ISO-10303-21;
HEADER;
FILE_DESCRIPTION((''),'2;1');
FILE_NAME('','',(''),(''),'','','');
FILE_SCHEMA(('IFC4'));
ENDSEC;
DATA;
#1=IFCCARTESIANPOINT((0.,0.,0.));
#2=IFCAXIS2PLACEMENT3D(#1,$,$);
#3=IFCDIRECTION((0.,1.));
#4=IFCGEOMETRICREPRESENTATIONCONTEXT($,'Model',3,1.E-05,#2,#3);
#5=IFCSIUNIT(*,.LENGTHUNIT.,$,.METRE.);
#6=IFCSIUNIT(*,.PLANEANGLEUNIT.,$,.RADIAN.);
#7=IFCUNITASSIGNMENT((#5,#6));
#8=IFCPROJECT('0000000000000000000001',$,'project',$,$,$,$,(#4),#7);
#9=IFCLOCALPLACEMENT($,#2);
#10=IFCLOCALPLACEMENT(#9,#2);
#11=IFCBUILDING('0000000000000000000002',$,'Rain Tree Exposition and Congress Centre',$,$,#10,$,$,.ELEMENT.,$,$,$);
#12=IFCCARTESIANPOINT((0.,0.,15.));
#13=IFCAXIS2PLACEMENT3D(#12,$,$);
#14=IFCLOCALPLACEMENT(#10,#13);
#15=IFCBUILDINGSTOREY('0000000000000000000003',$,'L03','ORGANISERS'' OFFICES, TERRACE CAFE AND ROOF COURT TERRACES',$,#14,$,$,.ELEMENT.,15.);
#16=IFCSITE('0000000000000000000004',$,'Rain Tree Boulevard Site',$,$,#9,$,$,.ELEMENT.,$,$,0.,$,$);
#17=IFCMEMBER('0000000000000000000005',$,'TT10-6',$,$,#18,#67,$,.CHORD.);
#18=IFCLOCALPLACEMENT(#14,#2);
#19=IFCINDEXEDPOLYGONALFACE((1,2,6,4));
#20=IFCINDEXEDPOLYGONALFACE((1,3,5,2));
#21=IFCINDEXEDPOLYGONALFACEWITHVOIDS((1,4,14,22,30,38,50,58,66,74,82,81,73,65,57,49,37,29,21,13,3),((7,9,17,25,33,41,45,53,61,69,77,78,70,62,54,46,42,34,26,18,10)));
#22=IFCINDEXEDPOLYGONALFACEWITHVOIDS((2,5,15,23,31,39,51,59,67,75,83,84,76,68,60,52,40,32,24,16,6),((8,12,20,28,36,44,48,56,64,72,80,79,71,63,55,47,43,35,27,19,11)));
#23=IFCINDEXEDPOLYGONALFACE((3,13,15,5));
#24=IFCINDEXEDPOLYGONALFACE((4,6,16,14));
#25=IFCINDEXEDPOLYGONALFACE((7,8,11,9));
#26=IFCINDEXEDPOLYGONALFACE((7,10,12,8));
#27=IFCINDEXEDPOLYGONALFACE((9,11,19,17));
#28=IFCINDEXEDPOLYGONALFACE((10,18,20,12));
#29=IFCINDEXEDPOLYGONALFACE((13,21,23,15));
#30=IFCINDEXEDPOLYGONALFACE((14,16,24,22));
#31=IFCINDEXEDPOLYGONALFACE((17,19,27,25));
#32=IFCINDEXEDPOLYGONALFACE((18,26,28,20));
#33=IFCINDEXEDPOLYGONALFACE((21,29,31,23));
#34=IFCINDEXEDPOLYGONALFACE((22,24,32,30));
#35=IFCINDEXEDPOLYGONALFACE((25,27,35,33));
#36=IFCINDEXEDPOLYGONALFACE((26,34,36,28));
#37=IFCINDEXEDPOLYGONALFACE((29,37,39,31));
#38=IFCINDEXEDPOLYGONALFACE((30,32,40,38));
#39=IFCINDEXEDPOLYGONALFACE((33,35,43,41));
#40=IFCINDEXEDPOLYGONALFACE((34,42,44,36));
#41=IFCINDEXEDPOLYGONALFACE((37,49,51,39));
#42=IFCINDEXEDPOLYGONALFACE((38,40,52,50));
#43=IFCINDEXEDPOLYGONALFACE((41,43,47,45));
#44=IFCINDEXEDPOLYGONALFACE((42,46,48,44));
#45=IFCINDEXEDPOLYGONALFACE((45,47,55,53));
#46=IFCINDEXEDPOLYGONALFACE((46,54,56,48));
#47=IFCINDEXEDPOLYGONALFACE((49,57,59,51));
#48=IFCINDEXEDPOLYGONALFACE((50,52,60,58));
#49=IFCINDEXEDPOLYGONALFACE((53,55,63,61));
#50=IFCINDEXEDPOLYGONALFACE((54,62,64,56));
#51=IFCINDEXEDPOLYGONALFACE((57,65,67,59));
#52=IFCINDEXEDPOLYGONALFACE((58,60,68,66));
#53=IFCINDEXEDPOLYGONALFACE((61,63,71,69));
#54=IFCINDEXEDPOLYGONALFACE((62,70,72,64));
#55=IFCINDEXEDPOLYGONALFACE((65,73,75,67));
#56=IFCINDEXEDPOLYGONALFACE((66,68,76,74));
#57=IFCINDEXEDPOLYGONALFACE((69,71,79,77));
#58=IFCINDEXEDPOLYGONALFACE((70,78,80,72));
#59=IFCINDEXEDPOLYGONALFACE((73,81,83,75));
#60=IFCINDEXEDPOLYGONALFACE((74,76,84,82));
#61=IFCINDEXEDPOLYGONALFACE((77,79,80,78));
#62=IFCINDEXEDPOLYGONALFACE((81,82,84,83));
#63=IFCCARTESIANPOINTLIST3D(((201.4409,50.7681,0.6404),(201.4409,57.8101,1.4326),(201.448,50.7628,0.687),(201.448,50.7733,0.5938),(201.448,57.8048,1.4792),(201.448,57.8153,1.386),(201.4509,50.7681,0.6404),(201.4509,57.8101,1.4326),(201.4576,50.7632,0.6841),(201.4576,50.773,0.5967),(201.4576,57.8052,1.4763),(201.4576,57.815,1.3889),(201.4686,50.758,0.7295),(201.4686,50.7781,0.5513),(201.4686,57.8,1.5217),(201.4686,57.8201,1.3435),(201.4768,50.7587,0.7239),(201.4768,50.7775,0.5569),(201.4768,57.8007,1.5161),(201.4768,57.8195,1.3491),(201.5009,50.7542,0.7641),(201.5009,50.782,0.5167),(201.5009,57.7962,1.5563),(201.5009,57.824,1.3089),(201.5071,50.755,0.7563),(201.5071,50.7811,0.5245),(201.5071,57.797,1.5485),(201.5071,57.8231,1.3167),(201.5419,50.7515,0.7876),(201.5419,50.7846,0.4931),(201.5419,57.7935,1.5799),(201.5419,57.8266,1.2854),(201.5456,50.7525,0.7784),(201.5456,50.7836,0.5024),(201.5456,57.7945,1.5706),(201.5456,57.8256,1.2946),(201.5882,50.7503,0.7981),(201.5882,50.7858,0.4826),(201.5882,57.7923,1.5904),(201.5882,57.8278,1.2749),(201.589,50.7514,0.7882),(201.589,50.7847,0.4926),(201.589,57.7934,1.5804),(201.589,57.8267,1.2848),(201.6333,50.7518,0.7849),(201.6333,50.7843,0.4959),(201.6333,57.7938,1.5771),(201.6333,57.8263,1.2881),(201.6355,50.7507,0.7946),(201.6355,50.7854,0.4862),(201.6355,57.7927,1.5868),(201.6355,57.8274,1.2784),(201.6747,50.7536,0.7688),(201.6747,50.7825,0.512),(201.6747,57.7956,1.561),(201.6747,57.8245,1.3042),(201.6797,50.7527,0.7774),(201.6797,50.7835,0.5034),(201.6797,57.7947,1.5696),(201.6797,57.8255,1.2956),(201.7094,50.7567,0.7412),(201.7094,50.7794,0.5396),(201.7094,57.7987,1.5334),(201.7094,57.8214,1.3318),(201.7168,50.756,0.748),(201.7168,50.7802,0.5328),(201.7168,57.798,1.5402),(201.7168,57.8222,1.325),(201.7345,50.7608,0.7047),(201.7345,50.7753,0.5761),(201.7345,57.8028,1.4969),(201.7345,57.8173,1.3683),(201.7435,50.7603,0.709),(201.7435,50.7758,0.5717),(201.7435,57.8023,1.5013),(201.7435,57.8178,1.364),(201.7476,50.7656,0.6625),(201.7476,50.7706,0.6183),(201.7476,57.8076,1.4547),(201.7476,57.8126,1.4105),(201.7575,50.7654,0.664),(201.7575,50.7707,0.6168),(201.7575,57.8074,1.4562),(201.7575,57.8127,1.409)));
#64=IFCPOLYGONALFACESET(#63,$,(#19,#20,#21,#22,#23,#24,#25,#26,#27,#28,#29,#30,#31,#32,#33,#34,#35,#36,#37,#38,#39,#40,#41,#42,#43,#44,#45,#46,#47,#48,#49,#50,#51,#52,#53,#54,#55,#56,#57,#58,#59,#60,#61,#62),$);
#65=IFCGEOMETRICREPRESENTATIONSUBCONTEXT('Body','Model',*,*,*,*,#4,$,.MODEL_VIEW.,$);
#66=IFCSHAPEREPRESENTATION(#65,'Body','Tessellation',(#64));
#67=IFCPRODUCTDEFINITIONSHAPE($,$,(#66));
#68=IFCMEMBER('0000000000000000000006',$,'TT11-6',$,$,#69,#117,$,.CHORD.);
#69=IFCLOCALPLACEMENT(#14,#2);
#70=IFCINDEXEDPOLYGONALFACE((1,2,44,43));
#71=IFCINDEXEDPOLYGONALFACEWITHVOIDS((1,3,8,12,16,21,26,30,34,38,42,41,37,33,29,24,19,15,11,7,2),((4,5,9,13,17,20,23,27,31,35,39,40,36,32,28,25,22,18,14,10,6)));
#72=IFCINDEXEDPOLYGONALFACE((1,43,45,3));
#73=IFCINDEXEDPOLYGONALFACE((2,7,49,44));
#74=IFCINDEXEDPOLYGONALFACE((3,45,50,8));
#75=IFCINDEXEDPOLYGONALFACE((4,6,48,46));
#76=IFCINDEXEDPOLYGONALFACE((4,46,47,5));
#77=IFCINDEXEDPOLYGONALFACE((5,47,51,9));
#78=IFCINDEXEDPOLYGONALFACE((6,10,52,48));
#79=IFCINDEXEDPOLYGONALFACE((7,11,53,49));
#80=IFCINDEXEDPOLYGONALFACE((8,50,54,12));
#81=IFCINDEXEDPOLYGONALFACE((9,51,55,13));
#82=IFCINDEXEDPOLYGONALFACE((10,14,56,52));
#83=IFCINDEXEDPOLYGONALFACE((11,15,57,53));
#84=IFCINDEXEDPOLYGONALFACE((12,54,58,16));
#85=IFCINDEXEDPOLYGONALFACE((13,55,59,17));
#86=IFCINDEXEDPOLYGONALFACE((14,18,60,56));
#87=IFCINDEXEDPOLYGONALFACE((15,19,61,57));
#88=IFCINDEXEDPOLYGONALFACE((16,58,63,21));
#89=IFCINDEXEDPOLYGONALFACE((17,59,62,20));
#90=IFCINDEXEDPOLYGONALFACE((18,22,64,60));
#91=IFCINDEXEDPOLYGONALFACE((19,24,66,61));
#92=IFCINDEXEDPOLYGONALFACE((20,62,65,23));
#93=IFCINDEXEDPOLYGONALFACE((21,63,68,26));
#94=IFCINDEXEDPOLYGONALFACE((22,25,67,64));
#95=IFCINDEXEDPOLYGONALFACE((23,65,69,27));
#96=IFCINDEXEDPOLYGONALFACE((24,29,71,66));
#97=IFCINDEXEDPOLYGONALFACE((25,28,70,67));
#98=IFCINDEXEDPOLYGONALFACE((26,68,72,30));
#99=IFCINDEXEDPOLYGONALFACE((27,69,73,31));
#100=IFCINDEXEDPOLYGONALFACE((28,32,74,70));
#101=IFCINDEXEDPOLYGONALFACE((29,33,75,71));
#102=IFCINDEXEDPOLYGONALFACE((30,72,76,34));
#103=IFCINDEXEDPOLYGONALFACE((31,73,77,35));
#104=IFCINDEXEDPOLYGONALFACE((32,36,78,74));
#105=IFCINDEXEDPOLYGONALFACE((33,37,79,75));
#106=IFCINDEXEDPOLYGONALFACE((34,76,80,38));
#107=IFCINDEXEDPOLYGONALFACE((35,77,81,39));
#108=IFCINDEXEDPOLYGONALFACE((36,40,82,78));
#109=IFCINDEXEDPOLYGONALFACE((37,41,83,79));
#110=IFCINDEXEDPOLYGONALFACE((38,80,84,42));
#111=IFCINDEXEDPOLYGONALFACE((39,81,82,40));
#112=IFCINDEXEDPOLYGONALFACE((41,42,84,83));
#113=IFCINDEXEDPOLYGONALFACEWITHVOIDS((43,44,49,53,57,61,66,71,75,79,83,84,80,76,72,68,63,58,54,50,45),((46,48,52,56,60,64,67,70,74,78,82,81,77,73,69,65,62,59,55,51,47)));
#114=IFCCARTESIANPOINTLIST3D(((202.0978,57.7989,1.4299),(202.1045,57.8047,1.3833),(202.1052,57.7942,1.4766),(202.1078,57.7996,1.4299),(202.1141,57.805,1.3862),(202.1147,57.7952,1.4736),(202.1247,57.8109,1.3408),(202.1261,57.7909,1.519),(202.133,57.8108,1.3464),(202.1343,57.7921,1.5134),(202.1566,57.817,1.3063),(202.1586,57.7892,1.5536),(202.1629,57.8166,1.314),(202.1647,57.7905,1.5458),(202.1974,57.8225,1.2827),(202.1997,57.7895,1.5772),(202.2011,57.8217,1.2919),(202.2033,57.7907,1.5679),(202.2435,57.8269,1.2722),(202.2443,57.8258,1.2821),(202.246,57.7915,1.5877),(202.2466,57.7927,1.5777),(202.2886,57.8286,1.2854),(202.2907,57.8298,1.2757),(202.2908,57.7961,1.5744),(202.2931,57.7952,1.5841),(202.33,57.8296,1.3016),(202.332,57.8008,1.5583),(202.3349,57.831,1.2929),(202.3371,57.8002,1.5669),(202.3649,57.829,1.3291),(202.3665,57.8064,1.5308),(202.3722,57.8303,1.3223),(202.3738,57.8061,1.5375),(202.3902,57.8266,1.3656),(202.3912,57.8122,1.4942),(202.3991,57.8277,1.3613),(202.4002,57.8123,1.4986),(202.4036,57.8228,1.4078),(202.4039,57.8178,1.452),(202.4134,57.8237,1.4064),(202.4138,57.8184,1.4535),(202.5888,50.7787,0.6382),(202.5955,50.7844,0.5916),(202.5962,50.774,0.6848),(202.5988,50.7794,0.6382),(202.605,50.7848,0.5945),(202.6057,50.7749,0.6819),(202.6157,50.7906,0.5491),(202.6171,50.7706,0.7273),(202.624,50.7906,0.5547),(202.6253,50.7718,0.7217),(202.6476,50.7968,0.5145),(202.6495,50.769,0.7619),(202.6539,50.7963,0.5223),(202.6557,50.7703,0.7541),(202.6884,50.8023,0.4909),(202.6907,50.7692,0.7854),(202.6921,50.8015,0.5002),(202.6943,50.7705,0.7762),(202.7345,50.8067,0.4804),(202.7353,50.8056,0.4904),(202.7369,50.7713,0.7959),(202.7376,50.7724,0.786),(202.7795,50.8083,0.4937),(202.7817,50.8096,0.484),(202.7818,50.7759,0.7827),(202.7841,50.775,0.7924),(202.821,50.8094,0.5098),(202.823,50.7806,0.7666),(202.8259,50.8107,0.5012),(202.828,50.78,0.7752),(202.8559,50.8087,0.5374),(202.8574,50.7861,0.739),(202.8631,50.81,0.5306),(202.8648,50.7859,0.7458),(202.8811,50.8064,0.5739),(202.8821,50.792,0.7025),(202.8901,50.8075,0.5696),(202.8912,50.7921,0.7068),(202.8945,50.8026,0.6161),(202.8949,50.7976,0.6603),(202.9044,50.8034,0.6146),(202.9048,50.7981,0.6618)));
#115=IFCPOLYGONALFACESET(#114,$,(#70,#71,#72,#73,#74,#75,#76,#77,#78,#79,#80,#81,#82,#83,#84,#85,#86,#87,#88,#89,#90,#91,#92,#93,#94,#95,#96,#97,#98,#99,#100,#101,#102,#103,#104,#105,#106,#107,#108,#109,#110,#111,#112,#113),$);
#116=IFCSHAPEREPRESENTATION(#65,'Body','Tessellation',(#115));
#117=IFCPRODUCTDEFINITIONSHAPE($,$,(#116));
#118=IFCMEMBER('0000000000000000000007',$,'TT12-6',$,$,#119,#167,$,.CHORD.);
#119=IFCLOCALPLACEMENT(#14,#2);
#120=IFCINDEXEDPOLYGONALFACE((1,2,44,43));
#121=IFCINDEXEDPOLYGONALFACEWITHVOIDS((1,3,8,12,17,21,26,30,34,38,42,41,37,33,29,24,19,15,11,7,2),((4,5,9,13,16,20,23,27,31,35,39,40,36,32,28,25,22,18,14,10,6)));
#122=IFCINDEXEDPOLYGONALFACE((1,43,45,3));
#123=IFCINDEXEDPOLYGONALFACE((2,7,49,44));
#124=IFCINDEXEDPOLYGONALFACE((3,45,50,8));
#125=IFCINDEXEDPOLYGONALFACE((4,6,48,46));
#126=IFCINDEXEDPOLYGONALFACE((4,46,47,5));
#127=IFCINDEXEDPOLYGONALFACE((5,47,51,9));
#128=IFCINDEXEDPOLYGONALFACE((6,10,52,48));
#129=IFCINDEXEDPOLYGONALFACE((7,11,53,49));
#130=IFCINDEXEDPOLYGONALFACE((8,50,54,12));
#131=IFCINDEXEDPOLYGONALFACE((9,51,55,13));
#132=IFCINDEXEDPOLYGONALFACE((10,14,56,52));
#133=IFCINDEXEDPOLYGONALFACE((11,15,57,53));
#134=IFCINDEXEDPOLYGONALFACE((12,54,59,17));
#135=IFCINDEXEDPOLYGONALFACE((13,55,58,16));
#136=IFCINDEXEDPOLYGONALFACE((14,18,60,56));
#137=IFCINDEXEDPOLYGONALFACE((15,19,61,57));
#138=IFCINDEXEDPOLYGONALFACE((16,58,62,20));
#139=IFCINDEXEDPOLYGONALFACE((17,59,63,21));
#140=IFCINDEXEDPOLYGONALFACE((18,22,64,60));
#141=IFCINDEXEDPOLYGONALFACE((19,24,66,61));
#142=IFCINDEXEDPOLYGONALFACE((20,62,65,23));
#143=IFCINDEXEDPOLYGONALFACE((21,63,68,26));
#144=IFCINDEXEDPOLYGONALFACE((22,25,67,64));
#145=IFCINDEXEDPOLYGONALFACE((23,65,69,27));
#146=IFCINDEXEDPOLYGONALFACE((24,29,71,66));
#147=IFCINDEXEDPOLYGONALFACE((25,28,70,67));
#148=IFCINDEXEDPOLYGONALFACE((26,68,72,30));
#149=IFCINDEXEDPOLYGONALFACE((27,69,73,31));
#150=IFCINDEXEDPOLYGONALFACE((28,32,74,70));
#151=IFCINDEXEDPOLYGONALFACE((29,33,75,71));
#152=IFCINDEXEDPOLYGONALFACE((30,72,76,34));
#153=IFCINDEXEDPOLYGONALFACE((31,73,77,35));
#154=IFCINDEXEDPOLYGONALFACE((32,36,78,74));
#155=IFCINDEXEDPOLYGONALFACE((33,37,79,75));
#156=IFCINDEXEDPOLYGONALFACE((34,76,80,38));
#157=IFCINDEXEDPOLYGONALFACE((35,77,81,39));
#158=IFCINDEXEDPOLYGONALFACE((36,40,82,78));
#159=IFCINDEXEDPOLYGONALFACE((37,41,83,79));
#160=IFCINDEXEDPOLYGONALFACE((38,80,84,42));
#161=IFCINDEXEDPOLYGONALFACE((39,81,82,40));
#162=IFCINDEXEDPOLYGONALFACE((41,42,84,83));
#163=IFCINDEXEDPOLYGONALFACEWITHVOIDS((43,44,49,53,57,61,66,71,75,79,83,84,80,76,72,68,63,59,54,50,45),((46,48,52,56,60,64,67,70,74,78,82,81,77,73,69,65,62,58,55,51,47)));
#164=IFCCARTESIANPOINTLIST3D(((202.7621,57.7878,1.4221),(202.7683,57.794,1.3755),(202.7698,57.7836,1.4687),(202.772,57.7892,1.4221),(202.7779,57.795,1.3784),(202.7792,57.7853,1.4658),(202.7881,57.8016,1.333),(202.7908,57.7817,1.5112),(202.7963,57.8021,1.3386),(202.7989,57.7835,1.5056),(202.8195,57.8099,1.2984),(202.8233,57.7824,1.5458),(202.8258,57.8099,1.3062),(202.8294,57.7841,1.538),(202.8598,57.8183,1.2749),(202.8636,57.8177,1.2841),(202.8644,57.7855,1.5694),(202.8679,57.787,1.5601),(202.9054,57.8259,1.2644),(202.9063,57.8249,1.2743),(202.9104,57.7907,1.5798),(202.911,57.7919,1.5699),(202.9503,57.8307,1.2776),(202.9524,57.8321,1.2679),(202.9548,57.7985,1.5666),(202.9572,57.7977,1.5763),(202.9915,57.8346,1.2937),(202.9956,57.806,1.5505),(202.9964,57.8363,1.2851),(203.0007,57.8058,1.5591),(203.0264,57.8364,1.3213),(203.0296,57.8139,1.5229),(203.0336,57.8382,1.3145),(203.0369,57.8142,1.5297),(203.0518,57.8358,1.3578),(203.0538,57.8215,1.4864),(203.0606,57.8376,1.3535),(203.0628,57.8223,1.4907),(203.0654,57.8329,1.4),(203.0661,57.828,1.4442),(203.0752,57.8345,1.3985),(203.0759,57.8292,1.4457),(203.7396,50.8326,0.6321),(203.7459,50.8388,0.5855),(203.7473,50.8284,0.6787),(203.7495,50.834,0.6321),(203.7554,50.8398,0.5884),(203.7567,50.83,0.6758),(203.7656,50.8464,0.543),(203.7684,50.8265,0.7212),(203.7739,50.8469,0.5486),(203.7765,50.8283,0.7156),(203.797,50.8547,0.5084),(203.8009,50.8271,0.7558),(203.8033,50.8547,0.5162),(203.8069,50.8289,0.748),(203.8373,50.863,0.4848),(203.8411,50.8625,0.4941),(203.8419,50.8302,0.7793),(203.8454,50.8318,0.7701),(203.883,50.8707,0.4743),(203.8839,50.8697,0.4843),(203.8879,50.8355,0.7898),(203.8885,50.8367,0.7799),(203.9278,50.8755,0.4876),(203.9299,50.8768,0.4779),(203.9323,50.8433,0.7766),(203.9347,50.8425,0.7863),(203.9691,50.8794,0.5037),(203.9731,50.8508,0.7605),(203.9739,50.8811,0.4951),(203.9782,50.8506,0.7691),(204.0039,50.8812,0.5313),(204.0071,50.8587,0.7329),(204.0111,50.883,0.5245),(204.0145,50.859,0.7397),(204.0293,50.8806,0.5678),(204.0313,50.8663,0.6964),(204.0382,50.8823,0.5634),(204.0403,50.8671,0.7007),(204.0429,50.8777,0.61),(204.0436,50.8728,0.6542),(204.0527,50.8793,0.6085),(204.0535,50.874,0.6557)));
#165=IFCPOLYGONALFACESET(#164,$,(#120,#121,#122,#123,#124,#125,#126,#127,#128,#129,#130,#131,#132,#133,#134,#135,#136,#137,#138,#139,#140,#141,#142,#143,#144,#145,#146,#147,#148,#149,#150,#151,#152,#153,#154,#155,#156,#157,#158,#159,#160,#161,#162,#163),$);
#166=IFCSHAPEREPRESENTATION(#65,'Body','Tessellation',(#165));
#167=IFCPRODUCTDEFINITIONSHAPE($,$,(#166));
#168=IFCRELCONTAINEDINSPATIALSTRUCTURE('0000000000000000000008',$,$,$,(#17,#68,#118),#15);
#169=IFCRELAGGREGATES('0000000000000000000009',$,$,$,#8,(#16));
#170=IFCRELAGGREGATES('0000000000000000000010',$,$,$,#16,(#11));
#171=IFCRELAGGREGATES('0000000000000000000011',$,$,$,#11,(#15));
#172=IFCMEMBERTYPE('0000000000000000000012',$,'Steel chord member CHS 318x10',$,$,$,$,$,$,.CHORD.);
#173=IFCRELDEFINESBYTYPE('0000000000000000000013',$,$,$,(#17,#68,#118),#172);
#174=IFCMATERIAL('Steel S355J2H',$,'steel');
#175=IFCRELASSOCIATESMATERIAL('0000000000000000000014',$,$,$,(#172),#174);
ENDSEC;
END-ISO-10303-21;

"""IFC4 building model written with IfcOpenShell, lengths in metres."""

from ifc_helpers import new_model, si_unit, direction, frame, origin, origin_2d, place, context, subcontext, project, spatial, hollow_circle, extrude, material, material_profile, profile_set, type_object, element, save


model = new_model("IFC4")

# Units and contexts
model_context = context("Model", 3, precision=1e-05, world=origin(), true_north=direction((0.0, 1.0)))
body_context = subcontext(model_context, "Body", "Model", "MODEL_VIEW")
ifc_project = project(units=[si_unit("LENGTHUNIT", "METRE"), si_unit("PLANEANGLEUNIT", "RADIAN")], contexts=[model_context])

# Site, building, storey
site_placement = place(None, origin())
site = spatial("IfcSite", under=ifc_project, at=site_placement, Name="Rain Tree Boulevard Site", CompositionType="ELEMENT", RefElevation=0.0)
building_placement = place(site_placement, origin())
building = spatial("IfcBuilding", under=site, at=building_placement, Name="Rain Tree Exposition and Congress Centre", CompositionType="ELEMENT")
storey_placement = place(building_placement, frame((0.0, 0.0, 15.0)))
storey = spatial("IfcBuildingStorey", under=building, at=storey_placement, Name="L03", Description="ORGANISERS' OFFICES, TERRACE CAFE AND ROOF COURT TERRACES", CompositionType="ELEMENT", Elevation=15.0)

# Members
ifc_material_1 = material(Name="Steel S355J2H", Category="steel")
ifc_material_profile_1 = material_profile(ifc_material_1, hollow_circle(Radius=0.1592, WallThickness=0.01, at=origin_2d()), Name="CHS 318x10")
ifc_profile_set_1 = profile_set([ifc_material_profile_1], Name="Steel S355J2H")
member_type_1 = type_object("IfcMemberType", Name="Steel chord member CHS 318x10", PredefinedType="CHORD", material=ifc_profile_set_1)
member_1_placement = place(storey_placement, frame((201.6001, 50.7681, 0.6404), z_axis=(0.0, 0.993731, 0.111796), x_axis=(-1.0, 0.0, 0.0)))
element("IfcMember", 1, at=member_1_placement, inside=storey, type_object=member_type_1, Name="TT10-6", PredefinedType="CHORD", context=body_context, shape_type="SweptSolid", body=[
    extrude(hollow_circle(Radius=0.1592, WallThickness=0.01, at=origin_2d()), origin(), (0.0, 0.0, 1.0), 7.0864),
])
member_2_placement = place(storey_placement, frame((202.7476, 50.7898, 0.6382), z_axis=(-0.069328, 0.991309, 0.1118), x_axis=(-0.997563, -0.069765, 0.0)))
element("IfcMember", 2, at=member_2_placement, inside=storey, type_object=member_type_1, Name="TT11-6", PredefinedType="CHORD", context=body_context, shape_type="SweptSolid", body=[
    extrude(hollow_circle(Radius=0.1592, WallThickness=0.01, at=origin_2d()), origin(), (0.0, 0.0, 1.0), 7.0818),
])
member_3_placement = place(storey_placement, frame((203.8972, 50.8547, 0.6321), z_axis=(-0.138305, 0.984062, 0.111777), x_axis=(-0.990267, -0.139178, 0.0)))
element("IfcMember", 3, at=member_3_placement, inside=storey, type_object=member_type_1, Name="TT12-6", PredefinedType="CHORD", context=body_context, shape_type="SweptSolid", body=[
    extrude(hollow_circle(Radius=0.1592, WallThickness=0.01, at=origin_2d()), origin(), (0.0, 0.0, 1.0), 7.0679),
])

save(model, "model.ifc")
